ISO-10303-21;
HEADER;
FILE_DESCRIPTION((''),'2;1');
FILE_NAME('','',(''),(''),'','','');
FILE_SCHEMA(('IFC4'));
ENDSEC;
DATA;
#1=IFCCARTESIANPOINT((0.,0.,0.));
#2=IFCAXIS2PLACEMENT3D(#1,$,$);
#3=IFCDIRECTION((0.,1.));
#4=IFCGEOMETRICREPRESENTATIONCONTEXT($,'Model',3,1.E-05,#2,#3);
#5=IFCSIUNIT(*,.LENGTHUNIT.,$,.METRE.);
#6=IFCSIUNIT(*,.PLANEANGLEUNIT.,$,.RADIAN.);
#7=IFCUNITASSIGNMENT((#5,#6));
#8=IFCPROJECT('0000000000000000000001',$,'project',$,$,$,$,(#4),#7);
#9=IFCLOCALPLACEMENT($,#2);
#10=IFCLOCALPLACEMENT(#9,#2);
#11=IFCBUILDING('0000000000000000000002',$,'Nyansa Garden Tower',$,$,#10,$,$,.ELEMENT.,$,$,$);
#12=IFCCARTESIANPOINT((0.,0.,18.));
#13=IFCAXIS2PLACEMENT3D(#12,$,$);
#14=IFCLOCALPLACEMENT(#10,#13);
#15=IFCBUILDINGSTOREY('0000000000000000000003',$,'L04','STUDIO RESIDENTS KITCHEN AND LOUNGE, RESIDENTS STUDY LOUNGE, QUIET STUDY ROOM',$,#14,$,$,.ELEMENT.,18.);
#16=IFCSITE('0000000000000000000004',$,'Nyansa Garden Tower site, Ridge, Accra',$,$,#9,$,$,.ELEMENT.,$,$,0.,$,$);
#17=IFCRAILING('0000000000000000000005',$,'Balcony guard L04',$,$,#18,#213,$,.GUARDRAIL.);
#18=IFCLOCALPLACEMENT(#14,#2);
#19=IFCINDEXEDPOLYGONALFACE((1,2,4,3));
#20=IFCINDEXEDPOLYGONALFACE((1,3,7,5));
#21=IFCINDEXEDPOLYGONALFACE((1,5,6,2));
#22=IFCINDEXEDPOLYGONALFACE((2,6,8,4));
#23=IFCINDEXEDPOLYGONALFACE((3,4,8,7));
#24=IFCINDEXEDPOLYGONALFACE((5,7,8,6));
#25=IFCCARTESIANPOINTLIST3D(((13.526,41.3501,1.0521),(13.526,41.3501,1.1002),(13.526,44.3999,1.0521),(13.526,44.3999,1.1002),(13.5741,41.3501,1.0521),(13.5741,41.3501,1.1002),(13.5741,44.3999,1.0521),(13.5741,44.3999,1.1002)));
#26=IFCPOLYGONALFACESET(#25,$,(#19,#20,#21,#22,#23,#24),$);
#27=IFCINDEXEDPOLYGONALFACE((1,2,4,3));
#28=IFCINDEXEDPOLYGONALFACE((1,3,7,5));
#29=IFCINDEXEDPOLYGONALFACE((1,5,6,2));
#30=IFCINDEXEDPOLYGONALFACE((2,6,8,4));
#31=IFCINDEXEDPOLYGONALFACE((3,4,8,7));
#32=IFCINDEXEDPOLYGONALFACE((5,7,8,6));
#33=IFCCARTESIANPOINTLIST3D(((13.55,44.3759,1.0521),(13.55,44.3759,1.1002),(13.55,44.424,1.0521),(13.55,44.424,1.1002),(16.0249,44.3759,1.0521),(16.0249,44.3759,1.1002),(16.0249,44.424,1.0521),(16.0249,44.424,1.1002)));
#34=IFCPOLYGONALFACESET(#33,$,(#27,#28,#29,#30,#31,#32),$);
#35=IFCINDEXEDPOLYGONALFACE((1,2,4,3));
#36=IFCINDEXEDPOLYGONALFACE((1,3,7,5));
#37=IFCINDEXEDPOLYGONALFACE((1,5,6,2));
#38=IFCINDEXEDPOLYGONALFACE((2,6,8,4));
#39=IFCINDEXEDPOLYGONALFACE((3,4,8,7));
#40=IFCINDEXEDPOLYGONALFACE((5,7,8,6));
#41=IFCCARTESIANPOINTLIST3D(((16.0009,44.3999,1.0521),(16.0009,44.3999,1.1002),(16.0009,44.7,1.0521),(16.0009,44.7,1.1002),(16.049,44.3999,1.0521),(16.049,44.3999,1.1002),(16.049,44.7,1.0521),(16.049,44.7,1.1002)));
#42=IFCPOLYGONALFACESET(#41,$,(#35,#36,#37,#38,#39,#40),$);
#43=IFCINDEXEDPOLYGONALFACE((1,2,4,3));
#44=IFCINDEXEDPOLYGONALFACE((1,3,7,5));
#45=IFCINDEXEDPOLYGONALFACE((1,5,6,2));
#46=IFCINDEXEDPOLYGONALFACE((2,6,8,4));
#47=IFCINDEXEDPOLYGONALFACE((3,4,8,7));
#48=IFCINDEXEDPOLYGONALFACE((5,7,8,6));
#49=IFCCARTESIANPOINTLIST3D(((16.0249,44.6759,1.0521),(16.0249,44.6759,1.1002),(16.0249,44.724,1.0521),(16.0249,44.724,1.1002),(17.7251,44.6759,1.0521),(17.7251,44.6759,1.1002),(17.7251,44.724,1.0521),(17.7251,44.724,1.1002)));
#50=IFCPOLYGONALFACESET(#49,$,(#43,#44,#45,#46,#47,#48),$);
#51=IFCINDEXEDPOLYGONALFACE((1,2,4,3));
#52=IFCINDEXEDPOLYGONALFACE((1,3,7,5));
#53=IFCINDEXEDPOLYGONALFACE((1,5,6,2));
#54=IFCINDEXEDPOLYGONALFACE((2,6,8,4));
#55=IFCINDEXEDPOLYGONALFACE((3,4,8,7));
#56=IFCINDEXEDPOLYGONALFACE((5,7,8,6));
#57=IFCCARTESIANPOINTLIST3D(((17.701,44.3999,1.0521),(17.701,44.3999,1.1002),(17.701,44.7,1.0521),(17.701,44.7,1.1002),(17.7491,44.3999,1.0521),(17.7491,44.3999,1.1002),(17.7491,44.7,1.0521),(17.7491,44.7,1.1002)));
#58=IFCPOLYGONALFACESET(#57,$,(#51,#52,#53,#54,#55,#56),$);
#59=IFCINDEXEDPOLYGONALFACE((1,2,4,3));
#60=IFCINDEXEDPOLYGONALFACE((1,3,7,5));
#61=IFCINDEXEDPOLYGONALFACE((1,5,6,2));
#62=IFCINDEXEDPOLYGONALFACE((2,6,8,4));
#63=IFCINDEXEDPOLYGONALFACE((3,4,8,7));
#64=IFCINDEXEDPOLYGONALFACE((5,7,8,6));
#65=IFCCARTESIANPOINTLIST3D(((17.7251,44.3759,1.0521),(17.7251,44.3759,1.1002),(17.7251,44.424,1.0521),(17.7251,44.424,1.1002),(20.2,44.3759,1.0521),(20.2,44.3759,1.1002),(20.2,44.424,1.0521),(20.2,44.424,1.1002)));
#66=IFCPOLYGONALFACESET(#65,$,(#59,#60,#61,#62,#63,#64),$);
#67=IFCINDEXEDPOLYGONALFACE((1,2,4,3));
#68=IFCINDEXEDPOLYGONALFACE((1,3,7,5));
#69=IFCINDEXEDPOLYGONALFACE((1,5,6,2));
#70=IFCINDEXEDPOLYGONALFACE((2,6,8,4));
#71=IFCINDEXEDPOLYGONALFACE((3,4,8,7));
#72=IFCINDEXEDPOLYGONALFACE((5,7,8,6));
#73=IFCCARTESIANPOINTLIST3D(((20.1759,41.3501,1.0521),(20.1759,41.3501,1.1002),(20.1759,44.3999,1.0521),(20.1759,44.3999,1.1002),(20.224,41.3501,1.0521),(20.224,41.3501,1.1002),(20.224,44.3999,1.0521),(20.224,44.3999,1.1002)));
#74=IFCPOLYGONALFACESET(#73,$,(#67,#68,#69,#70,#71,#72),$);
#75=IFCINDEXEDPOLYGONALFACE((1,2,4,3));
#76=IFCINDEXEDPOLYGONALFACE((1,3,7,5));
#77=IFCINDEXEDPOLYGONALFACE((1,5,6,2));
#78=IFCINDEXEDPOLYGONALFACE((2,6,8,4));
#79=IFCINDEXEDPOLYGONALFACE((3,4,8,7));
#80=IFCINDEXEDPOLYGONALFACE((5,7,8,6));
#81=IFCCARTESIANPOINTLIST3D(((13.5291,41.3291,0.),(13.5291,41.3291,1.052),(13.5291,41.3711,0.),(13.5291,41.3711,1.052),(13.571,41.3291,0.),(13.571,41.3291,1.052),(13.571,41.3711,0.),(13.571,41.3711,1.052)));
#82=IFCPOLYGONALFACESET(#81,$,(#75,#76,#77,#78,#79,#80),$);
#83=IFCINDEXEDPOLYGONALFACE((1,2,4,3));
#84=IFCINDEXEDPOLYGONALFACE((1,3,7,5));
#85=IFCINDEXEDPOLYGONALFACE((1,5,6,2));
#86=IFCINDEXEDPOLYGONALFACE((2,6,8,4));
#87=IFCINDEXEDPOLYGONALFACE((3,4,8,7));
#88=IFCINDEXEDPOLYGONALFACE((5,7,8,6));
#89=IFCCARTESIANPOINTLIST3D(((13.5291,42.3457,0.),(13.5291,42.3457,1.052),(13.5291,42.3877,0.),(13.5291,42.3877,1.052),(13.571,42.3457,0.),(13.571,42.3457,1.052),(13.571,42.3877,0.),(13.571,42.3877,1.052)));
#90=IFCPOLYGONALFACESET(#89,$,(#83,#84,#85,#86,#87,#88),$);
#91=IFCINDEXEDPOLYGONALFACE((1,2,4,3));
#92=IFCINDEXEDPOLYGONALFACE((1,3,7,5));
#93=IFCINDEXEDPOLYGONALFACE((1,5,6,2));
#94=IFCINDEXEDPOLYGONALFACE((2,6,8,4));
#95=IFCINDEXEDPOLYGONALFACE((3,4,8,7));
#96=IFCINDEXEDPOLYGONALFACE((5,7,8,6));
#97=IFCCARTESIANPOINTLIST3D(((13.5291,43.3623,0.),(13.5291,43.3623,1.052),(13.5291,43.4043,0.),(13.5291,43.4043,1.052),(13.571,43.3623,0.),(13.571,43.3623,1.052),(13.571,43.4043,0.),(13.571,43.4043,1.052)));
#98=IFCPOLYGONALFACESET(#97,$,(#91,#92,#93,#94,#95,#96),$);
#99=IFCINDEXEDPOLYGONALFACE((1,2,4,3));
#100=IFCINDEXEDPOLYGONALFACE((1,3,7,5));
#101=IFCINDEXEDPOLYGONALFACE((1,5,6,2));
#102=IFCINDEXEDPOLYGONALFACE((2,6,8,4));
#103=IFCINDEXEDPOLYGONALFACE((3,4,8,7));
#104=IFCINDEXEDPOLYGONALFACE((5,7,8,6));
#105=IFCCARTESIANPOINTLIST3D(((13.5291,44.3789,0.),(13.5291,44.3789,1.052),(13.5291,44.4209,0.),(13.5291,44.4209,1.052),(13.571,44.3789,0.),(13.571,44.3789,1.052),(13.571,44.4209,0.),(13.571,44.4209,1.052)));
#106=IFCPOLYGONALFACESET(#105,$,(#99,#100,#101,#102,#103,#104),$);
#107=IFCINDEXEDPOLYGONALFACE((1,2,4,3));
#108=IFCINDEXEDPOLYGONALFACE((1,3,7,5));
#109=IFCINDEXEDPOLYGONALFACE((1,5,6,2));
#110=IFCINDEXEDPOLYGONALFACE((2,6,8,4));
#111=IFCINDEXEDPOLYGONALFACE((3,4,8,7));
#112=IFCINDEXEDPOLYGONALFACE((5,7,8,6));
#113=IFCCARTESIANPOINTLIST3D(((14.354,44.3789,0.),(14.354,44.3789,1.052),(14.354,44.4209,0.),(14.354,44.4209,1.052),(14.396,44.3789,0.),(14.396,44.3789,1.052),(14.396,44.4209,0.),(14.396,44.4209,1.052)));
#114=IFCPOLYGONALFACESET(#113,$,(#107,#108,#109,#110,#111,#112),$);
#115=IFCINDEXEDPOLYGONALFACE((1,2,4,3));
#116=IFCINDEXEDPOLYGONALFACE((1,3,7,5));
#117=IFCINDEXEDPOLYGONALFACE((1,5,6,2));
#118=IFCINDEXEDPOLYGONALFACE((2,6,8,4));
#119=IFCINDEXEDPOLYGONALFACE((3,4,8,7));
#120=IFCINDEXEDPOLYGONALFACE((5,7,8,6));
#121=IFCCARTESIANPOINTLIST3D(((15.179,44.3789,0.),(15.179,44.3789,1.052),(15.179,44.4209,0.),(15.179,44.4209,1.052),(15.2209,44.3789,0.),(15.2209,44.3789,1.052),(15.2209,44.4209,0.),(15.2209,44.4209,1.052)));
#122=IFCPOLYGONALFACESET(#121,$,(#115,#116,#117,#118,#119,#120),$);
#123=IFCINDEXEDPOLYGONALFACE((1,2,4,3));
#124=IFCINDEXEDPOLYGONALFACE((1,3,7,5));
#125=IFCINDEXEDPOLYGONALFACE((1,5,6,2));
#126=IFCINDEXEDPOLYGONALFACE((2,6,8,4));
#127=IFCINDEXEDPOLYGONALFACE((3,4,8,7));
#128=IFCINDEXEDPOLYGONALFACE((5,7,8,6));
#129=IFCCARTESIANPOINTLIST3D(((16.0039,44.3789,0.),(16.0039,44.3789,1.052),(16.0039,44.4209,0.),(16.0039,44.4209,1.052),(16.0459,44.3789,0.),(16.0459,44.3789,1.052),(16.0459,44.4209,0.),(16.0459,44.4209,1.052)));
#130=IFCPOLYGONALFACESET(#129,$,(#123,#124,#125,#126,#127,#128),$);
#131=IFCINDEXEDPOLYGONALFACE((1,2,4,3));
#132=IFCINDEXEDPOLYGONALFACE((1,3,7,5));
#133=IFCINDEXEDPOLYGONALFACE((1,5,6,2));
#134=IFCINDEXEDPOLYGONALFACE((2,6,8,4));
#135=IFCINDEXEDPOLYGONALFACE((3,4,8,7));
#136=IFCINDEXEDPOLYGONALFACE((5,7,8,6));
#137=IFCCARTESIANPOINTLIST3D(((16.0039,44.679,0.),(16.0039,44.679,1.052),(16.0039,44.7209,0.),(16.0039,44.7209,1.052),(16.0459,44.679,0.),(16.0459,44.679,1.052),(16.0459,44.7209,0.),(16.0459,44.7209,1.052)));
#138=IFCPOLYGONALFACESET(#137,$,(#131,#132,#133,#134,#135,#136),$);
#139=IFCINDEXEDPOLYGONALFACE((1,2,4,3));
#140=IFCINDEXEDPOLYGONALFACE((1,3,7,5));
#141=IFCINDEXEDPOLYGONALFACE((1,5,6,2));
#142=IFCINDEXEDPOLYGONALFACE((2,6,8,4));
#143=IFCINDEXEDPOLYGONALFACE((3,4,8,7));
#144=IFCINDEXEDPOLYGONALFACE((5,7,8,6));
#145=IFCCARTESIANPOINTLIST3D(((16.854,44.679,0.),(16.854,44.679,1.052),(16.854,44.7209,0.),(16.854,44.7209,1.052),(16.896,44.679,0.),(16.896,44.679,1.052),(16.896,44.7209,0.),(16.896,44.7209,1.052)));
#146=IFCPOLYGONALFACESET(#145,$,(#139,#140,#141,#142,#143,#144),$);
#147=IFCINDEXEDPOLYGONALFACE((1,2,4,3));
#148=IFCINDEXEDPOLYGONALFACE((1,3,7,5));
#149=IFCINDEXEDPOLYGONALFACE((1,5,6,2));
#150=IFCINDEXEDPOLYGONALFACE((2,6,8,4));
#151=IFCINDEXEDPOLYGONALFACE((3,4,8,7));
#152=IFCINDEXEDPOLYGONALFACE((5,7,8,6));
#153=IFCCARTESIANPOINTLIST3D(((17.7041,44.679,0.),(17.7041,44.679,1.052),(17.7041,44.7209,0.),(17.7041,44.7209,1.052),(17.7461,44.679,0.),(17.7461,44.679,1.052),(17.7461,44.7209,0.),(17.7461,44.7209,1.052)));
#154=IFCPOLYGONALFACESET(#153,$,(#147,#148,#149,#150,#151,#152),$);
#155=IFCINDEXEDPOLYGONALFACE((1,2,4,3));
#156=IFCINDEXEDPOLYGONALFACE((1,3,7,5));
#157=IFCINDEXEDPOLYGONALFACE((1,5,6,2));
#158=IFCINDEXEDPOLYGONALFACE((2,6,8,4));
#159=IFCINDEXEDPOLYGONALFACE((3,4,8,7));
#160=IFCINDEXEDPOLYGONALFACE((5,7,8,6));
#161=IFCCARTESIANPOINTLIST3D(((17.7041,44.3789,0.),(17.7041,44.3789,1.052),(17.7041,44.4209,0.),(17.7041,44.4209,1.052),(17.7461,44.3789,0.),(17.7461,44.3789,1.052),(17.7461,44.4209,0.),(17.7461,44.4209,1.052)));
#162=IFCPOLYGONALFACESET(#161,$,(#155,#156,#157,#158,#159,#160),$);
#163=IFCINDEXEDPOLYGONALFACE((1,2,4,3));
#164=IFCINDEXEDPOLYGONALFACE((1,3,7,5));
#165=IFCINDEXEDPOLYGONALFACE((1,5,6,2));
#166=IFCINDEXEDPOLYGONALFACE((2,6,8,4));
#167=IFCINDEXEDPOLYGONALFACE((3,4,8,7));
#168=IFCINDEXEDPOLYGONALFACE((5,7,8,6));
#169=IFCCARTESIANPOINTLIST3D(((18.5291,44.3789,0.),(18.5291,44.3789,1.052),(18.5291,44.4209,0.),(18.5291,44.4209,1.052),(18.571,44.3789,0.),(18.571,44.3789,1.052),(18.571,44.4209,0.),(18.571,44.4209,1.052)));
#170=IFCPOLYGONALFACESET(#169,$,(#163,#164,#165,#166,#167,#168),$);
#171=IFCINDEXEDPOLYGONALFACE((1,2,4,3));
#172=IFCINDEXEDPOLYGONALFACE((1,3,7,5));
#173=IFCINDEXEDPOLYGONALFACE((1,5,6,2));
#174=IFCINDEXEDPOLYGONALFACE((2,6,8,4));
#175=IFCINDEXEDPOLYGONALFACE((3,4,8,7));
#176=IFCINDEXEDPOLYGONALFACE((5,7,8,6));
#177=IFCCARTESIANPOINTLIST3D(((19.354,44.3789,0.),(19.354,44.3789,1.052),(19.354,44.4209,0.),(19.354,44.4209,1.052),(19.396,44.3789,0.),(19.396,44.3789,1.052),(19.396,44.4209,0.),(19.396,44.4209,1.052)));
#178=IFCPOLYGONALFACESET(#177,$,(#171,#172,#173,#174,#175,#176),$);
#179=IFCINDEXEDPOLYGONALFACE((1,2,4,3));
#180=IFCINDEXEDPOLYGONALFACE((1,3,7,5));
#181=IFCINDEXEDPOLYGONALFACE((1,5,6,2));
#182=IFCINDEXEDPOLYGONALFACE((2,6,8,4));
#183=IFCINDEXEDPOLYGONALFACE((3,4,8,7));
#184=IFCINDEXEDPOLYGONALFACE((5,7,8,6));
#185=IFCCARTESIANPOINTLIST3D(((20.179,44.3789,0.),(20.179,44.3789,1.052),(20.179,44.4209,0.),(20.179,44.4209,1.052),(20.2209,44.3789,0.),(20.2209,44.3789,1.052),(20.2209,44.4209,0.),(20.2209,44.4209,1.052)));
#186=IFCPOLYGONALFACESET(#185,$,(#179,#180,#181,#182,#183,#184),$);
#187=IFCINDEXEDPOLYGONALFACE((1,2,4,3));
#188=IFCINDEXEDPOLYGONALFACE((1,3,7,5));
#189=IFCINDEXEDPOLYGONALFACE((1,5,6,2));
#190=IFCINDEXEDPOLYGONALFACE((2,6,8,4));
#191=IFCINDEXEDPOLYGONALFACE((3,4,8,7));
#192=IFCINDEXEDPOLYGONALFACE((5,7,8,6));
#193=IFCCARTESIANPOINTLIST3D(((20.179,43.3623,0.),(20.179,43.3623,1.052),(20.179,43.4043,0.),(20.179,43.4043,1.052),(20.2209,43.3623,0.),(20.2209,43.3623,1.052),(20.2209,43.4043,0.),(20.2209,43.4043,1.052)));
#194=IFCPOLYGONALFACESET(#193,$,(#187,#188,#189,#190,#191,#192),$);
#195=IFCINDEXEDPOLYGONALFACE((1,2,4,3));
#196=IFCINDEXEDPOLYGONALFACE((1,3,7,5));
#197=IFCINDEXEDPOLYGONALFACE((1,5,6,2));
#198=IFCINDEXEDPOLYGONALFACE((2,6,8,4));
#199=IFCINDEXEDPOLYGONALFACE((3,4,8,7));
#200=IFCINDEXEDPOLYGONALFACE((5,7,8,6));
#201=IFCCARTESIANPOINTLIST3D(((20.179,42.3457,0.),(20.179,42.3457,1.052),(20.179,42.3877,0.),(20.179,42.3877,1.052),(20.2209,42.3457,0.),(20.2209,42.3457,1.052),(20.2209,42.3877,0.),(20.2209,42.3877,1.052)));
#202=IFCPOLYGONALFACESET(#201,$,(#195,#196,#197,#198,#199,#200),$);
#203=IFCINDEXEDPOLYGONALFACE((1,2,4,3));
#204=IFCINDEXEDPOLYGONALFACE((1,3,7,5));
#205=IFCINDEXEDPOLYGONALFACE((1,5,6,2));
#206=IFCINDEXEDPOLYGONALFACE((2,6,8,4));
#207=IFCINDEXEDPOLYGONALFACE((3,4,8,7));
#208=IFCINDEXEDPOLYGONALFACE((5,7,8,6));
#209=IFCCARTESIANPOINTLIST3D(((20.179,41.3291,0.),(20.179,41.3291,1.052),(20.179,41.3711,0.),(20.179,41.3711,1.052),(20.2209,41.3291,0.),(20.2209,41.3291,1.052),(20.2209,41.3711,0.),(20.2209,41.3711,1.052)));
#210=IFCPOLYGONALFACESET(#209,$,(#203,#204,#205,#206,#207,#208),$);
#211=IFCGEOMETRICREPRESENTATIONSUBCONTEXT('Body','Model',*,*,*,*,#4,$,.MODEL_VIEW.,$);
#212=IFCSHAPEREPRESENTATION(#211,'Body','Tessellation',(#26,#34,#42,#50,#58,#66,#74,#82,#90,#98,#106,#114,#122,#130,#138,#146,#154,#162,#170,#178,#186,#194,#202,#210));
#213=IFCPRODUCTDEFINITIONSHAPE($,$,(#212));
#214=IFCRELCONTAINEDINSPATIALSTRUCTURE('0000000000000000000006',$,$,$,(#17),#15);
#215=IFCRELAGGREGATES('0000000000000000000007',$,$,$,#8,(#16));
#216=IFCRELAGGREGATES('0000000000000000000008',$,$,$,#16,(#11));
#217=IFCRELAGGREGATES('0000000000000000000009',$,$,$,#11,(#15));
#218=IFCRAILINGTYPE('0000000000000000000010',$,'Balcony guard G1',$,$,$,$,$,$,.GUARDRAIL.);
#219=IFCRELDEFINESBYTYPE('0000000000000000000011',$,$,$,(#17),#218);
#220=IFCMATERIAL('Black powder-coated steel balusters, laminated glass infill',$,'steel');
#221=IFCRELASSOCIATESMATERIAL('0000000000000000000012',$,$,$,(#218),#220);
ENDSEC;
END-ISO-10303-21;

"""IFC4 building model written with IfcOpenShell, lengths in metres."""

from ifc_helpers import new_model, si_unit, direction, frame, origin, origin_2d, place, context, subcontext, project, spatial, rectangle, extrude, material, type_object, element, save


model = new_model("IFC4")

# Units and contexts
model_context = context("Model", 3, precision=1e-05, world=origin(), true_north=direction((0.0, 1.0)))
body_context = subcontext(model_context, "Body", "Model", "MODEL_VIEW")
ifc_project = project(units=[si_unit("LENGTHUNIT", "METRE"), si_unit("PLANEANGLEUNIT", "RADIAN")], contexts=[model_context])

# Site, building, storey
site_placement = place(None, origin())
site = spatial("IfcSite", under=ifc_project, at=site_placement, Name="Nyansa Garden Tower site, Ridge, Accra", CompositionType="ELEMENT", RefElevation=0.0)
building_placement = place(site_placement, origin())
building = spatial("IfcBuilding", under=site, at=building_placement, Name="Nyansa Garden Tower", CompositionType="ELEMENT")
storey_placement = place(building_placement, frame((0.0, 0.0, 18.0)))
storey = spatial("IfcBuildingStorey", under=building, at=storey_placement, Name="L04", Description="STUDIO RESIDENTS KITCHEN AND LOUNGE, RESIDENTS STUDY LOUNGE, QUIET STUDY ROOM", CompositionType="ELEMENT", Elevation=18.0)

# Railing
ifc_material_1 = material(Name="Black powder-coated steel balusters, laminated glass infill", Category="steel")
railing_type = type_object("IfcRailingType", Name="Balcony guard G1", PredefinedType="GUARDRAIL", material=ifc_material_1)
railing_placement = place(storey_placement, frame((13.55, 41.3501, 0.0)))
element("IfcRailing", 1, at=railing_placement, inside=storey, type_object=railing_type, Name="Balcony guard L04", PredefinedType="GUARDRAIL", context=body_context, shape_type="SweptSolid", body=[
    extrude(rectangle(XDim=0.0481, YDim=0.0481, at=origin_2d()), frame((0.0, 0.0, 1.0762), z_axis=(0.0, 1.0, 0.0), x_axis=(-1.0, 0.0, 0.0)), (0.0, 0.0, 1.0), 3.0498),
    extrude(rectangle(XDim=0.0481, YDim=0.0481, at=origin_2d()), frame((0.0, 3.0498, 1.0762), z_axis=(1.0, 0.0, 0.0), x_axis=(0.0, 1.0, 0.0)), (0.0, 0.0, 1.0), 2.4749),
    extrude(rectangle(XDim=0.0481, YDim=0.0481, at=origin_2d()), frame((2.4749, 3.0498, 1.0762), z_axis=(0.0, 1.0, 0.0), x_axis=(-1.0, 0.0, 0.0)), (0.0, 0.0, 1.0), 0.3),
    extrude(rectangle(XDim=0.0481, YDim=0.0481, at=origin_2d()), frame((2.4749, 3.3499, 1.0762), z_axis=(1.0, 0.0, 0.0), x_axis=(0.0, 1.0, 0.0)), (0.0, 0.0, 1.0), 1.7002),
    extrude(rectangle(XDim=0.0481, YDim=0.0481, at=origin_2d()), frame((4.175, 3.3499, 1.0762), z_axis=(0.0, -1.0, 0.0), x_axis=(1.0, 0.0, 0.0)), (0.0, 0.0, 1.0), 0.3),
    extrude(rectangle(XDim=0.0481, YDim=0.0481, at=origin_2d()), frame((4.175, 3.0498, 1.0762), z_axis=(1.0, 0.0, 0.0), x_axis=(0.0, 1.0, 0.0)), (0.0, 0.0, 1.0), 2.4749),
    extrude(rectangle(XDim=0.0481, YDim=0.0481, at=origin_2d()), frame((6.6499, 3.0498, 1.0762), z_axis=(0.0, -1.0, 0.0), x_axis=(1.0, 0.0, 0.0)), (0.0, 0.0, 1.0), 3.0498),
    extrude(rectangle(XDim=0.042, YDim=0.042, at=origin_2d()), origin(), (0.0, 0.0, 1.0), 1.052),
    extrude(rectangle(XDim=0.042, YDim=0.042, at=origin_2d()), frame((0.0, 1.0166, 0.0)), (0.0, 0.0, 1.0), 1.052),
    extrude(rectangle(XDim=0.042, YDim=0.042, at=origin_2d()), frame((0.0, 2.0332, 0.0)), (0.0, 0.0, 1.0), 1.052),
    extrude(rectangle(XDim=0.042, YDim=0.042, at=origin_2d()), frame((0.0, 3.0498, 0.0)), (0.0, 0.0, 1.0), 1.052),
    extrude(rectangle(XDim=0.042, YDim=0.042, at=origin_2d()), frame((0.825, 3.0498, 0.0)), (0.0, 0.0, 1.0), 1.052),
    extrude(rectangle(XDim=0.042, YDim=0.042, at=origin_2d()), frame((1.6499, 3.0498, 0.0)), (0.0, 0.0, 1.0), 1.052),
    extrude(rectangle(XDim=0.042, YDim=0.042, at=origin_2d()), frame((2.4749, 3.0498, 0.0)), (0.0, 0.0, 1.0), 1.052),
    extrude(rectangle(XDim=0.042, YDim=0.042, at=origin_2d()), frame((2.4749, 3.3499, 0.0)), (0.0, 0.0, 1.0), 1.052),
    extrude(rectangle(XDim=0.042, YDim=0.042, at=origin_2d()), frame((3.325, 3.3499, 0.0)), (0.0, 0.0, 1.0), 1.052),
    extrude(rectangle(XDim=0.042, YDim=0.042, at=origin_2d()), frame((4.175, 3.3499, 0.0)), (0.0, 0.0, 1.0), 1.052),
    extrude(rectangle(XDim=0.042, YDim=0.042, at=origin_2d()), frame((4.175, 3.0498, 0.0)), (0.0, 0.0, 1.0), 1.052),
    extrude(rectangle(XDim=0.042, YDim=0.042, at=origin_2d()), frame((5.0, 3.0498, 0.0)), (0.0, 0.0, 1.0), 1.052),
    extrude(rectangle(XDim=0.042, YDim=0.042, at=origin_2d()), frame((5.825, 3.0498, 0.0)), (0.0, 0.0, 1.0), 1.052),
    extrude(rectangle(XDim=0.042, YDim=0.042, at=origin_2d()), frame((6.6499, 3.0498, 0.0)), (0.0, 0.0, 1.0), 1.052),
    extrude(rectangle(XDim=0.042, YDim=0.042, at=origin_2d()), frame((6.6499, 2.0332, 0.0)), (0.0, 0.0, 1.0), 1.052),
    extrude(rectangle(XDim=0.042, YDim=0.042, at=origin_2d()), frame((6.6499, 1.0166, 0.0)), (0.0, 0.0, 1.0), 1.052),
    extrude(rectangle(XDim=0.042, YDim=0.042, at=origin_2d()), frame((6.6499, 0.0, 0.0)), (0.0, 0.0, 1.0), 1.052),
])

save(model, "model.ifc")
